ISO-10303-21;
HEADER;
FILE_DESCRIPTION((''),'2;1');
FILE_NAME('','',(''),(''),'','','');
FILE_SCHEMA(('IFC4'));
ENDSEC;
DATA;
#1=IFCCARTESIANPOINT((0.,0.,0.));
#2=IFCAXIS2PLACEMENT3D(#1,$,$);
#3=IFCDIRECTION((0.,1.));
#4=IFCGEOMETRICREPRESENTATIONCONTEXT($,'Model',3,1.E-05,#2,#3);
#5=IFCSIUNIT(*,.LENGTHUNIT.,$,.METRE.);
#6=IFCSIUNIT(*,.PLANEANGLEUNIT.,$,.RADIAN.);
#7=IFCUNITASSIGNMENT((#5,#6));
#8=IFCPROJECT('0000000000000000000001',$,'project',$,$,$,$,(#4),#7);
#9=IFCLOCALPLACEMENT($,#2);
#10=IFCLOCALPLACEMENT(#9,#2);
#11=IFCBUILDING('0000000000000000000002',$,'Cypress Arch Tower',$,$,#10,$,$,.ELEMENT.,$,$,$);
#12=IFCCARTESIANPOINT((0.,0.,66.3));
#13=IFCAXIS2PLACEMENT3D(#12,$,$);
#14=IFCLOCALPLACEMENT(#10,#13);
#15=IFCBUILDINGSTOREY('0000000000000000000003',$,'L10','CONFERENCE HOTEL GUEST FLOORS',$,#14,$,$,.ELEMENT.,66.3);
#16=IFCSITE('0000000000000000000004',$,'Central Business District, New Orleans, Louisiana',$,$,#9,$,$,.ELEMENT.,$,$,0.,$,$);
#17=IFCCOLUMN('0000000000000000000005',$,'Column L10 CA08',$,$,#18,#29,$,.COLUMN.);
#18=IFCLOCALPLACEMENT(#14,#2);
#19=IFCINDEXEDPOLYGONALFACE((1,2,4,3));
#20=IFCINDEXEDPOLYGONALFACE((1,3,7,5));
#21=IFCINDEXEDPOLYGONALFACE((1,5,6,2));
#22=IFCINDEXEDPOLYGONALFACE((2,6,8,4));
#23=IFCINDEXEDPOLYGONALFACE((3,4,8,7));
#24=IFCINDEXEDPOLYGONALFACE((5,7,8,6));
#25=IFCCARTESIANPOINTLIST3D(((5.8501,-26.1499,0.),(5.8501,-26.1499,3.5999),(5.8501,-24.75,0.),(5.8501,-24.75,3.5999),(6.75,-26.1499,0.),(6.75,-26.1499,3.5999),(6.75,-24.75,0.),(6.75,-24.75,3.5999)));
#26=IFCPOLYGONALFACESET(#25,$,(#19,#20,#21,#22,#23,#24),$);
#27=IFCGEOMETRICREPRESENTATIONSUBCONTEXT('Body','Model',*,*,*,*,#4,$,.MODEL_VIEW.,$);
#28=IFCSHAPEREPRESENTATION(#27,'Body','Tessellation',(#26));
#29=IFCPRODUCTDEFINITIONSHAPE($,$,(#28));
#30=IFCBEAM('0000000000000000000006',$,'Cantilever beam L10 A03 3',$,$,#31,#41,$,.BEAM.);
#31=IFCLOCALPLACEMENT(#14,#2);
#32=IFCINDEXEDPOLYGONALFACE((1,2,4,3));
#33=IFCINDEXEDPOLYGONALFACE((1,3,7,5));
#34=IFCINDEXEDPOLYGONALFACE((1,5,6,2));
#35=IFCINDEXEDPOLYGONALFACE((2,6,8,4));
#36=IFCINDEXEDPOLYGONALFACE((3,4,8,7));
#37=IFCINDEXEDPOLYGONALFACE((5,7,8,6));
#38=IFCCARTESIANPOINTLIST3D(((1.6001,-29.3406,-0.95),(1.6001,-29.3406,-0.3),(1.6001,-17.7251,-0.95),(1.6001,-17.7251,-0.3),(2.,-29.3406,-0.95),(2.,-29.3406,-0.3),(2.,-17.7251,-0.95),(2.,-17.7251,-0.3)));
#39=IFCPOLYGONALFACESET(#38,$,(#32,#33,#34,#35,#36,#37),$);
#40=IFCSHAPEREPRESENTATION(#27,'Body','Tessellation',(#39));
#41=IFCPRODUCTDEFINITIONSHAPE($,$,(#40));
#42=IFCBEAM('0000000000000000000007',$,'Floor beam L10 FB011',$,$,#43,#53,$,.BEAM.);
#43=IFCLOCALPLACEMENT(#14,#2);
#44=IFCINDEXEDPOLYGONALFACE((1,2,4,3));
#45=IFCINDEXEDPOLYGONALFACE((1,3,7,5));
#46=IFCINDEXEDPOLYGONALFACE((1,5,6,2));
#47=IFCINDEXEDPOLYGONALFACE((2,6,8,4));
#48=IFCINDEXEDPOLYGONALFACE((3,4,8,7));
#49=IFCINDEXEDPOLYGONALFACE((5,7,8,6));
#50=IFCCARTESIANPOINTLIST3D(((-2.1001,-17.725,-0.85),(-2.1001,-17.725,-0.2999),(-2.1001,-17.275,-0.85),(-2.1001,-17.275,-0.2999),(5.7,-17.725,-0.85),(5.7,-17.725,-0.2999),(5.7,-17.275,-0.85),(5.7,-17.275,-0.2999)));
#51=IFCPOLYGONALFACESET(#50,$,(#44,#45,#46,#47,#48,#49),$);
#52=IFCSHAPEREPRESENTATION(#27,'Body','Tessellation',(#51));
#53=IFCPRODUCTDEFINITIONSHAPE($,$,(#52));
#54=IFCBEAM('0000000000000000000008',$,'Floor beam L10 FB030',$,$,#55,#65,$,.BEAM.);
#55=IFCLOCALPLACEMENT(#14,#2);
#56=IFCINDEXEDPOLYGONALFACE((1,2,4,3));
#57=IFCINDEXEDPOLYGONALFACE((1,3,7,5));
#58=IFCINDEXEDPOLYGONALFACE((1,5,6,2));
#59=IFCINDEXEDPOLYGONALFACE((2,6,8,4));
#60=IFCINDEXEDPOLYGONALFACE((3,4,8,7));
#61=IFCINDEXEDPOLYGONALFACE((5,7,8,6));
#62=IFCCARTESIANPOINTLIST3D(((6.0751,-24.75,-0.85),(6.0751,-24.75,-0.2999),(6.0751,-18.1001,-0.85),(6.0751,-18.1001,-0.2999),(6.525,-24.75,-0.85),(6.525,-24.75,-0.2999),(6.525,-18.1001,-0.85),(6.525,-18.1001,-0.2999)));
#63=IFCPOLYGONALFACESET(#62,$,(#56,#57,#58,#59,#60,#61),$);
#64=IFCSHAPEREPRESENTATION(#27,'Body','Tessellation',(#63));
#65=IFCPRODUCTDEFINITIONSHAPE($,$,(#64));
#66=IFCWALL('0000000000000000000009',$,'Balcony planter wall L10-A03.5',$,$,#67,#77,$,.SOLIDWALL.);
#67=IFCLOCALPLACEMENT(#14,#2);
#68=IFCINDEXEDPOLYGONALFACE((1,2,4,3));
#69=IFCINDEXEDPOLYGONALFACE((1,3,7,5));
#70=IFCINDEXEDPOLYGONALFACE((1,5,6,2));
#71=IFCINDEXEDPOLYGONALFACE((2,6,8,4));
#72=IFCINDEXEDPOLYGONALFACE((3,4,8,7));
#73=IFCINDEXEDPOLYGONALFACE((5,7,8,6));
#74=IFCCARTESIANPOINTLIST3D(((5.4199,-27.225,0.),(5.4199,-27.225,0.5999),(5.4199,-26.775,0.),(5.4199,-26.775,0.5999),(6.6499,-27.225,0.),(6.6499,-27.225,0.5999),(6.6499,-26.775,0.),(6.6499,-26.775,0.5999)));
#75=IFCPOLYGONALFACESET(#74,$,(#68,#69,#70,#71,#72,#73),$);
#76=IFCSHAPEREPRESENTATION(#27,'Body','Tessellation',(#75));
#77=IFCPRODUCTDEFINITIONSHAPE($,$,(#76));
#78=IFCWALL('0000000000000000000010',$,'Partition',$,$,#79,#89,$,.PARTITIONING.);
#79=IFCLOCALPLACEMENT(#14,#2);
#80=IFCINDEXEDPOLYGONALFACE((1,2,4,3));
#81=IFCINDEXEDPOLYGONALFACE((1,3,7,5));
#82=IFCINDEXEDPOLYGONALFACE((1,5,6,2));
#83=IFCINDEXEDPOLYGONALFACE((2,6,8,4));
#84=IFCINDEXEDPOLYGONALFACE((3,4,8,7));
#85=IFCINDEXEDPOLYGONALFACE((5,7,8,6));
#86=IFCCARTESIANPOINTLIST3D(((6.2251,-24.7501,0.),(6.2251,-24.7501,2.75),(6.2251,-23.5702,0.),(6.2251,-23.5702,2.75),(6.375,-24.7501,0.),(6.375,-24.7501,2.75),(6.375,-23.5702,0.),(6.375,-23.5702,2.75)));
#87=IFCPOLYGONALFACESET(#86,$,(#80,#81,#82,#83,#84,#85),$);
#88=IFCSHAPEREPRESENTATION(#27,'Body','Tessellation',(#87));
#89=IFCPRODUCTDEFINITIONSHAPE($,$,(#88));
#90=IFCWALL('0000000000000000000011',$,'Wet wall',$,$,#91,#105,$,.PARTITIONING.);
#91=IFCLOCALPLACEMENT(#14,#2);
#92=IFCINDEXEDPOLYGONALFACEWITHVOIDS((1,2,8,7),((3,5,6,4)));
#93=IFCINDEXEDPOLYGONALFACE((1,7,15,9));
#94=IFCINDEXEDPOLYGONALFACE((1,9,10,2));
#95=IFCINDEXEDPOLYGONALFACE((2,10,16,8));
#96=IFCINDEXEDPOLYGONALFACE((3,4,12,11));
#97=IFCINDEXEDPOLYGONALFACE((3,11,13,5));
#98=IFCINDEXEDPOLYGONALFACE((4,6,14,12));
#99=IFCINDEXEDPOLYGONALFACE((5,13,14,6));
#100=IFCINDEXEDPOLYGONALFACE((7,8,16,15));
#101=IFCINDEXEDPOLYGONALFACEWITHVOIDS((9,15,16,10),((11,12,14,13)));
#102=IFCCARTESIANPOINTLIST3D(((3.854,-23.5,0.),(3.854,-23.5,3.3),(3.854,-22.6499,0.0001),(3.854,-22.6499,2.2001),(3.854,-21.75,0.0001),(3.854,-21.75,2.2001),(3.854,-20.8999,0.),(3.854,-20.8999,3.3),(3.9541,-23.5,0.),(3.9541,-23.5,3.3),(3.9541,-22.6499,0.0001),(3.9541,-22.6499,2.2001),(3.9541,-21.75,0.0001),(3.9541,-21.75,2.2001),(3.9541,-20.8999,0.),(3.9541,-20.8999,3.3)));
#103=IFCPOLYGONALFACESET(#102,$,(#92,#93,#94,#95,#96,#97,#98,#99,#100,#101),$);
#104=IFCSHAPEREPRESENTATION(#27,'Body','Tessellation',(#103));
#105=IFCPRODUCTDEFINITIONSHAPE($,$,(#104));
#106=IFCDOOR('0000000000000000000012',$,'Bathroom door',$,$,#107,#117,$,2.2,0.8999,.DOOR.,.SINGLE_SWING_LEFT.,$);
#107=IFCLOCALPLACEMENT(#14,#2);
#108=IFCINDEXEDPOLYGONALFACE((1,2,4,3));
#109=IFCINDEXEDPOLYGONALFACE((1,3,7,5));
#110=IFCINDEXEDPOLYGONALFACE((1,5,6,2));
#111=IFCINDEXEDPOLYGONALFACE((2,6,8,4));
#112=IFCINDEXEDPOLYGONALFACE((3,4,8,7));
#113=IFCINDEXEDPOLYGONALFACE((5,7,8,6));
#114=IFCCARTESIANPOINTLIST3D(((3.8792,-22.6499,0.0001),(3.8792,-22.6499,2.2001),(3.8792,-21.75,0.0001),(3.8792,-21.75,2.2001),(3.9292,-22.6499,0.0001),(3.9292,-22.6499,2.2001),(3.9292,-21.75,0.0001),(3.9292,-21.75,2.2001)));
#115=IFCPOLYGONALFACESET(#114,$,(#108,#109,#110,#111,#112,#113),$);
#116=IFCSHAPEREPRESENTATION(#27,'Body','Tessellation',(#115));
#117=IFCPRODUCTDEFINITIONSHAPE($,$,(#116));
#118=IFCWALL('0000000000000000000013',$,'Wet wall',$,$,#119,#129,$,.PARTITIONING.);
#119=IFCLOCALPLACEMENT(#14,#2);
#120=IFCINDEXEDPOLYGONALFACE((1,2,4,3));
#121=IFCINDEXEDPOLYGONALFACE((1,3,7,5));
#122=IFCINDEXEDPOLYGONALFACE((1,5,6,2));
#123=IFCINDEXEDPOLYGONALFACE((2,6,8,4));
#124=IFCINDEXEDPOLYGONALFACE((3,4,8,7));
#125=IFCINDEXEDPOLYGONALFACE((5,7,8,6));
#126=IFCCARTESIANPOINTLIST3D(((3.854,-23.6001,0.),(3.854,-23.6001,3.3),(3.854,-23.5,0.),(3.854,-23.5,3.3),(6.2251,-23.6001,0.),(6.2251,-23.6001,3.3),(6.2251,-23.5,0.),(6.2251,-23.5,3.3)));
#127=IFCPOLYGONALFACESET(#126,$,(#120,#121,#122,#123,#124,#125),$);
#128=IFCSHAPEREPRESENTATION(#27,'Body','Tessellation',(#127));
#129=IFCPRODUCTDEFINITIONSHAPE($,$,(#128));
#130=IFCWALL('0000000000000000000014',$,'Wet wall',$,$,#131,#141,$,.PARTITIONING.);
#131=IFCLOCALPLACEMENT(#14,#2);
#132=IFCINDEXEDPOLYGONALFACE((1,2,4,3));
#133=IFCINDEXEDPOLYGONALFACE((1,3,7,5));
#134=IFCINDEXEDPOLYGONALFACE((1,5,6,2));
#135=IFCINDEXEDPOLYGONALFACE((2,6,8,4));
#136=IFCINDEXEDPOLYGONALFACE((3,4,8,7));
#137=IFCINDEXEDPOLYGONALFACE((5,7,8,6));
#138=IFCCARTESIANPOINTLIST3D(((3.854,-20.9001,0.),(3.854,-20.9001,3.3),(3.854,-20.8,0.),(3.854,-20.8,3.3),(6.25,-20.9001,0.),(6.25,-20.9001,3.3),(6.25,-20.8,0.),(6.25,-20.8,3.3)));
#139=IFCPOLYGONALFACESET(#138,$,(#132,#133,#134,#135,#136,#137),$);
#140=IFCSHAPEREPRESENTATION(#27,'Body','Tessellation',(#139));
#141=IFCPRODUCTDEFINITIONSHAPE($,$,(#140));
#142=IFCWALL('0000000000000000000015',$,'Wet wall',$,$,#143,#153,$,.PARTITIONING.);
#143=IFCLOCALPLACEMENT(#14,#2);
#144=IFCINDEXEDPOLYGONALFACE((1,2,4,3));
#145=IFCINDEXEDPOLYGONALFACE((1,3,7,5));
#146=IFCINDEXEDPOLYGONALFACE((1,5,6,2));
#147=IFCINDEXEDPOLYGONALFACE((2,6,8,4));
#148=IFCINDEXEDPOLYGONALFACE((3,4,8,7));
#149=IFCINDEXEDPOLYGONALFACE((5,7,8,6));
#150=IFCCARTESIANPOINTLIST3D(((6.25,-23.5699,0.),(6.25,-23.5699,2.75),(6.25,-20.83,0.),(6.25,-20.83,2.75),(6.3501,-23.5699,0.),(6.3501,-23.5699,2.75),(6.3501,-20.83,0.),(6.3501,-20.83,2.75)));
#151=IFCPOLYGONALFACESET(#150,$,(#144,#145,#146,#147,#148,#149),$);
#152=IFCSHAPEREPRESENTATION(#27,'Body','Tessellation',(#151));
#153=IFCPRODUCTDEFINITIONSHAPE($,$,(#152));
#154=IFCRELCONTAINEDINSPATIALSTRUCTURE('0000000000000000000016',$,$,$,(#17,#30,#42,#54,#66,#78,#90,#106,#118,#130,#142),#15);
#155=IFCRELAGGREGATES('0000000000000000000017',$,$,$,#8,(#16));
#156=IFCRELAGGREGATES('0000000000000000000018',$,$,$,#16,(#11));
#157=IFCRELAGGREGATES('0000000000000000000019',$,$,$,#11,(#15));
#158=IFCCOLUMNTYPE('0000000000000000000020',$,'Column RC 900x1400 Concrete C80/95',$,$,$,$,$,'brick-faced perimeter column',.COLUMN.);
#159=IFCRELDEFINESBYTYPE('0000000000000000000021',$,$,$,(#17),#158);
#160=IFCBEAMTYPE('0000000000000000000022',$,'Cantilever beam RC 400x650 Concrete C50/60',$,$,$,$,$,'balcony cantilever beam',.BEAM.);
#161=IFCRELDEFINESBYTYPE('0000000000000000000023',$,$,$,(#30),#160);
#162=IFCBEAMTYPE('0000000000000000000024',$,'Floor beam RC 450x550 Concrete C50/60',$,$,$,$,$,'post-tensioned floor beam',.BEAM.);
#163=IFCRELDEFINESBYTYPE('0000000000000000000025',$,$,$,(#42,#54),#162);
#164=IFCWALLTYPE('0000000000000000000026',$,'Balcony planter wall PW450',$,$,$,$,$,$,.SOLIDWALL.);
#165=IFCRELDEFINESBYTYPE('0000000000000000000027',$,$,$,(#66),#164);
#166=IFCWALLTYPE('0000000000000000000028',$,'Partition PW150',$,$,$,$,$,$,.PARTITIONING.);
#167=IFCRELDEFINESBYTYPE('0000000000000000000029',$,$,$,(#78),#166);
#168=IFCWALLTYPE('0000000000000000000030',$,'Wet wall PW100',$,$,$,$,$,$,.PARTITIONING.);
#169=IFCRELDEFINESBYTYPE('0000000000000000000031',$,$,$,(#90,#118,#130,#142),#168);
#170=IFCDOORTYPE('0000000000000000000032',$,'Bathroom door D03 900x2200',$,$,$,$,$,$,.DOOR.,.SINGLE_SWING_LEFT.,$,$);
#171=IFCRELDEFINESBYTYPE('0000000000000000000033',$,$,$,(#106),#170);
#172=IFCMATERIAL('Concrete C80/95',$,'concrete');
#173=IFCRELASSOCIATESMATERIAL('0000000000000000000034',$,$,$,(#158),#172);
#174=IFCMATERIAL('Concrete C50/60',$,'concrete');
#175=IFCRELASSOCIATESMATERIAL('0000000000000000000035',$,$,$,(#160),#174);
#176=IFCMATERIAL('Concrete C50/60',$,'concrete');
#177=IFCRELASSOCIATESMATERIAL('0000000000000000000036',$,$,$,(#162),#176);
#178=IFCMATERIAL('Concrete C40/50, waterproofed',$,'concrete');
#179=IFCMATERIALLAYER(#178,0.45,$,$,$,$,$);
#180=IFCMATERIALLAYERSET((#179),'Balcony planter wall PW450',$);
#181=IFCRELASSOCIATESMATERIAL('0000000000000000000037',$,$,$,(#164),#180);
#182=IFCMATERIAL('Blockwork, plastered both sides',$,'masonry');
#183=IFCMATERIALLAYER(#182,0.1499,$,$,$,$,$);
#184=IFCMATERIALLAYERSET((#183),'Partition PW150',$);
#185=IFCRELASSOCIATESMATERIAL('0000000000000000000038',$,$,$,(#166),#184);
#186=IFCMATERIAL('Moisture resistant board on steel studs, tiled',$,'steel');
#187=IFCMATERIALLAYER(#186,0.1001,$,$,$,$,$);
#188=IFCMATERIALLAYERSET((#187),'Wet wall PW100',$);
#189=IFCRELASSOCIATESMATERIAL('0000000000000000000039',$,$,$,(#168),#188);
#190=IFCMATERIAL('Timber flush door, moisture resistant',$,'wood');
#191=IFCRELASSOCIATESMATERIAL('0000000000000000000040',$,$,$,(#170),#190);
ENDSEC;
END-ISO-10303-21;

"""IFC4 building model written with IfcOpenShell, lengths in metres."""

from ifc_helpers import new_model, si_unit, direction, frame, frame_2d, origin, origin_2d, place, context, subcontext, project, spatial, rectangle, extrude, material, layer, layer_set, material_profile, profile_set, type_object, element, fill, save


model = new_model("IFC4")

# Units and contexts
model_context = context("Model", 3, precision=1e-05, world=origin(), true_north=direction((0.0, 1.0)))
body_context = subcontext(model_context, "Body", "Model", "MODEL_VIEW")
ifc_project = project(units=[si_unit("LENGTHUNIT", "METRE"), si_unit("PLANEANGLEUNIT", "RADIAN")], contexts=[model_context])

# Site, building, storey
site_placement = place(None, origin())
site = spatial("IfcSite", under=ifc_project, at=site_placement, Name="Central Business District, New Orleans, Louisiana", CompositionType="ELEMENT", RefElevation=0.0)
building_placement = place(site_placement, origin())
building = spatial("IfcBuilding", under=site, at=building_placement, Name="Cypress Arch Tower", CompositionType="ELEMENT")
storey_placement = place(building_placement, frame((0.0, 0.0, 66.3)))
storey = spatial("IfcBuildingStorey", under=building, at=storey_placement, Name="L10", Description="CONFERENCE HOTEL GUEST FLOORS", CompositionType="ELEMENT", Elevation=66.3)

# Column
ifc_material_1 = material(Name="Concrete C80/95", Category="concrete")
ifc_material_profile_1 = material_profile(ifc_material_1, rectangle(XDim=0.8999, YDim=1.3999, at=origin_2d()), Name="RC 900x1400")
ifc_profile_set_1 = profile_set([ifc_material_profile_1], Name="Concrete C80/95")
column_type = type_object("IfcColumnType", Name="Column RC 900x1400 Concrete C80/95", ElementType="brick-faced perimeter column", PredefinedType="COLUMN", material=ifc_profile_set_1)
column_placement = place(storey_placement, frame((6.3, -25.45, 0.0), z_axis=(0.0, 0.0, 1.0), x_axis=(1.0, 0.0, 0.0)))
element("IfcColumn", 1, at=column_placement, inside=storey, type_object=column_type, Name="Column L10 CA08", PredefinedType="COLUMN", context=body_context, shape_type="SweptSolid", body=[
    extrude(rectangle(XDim=0.8999, YDim=1.3999, at=origin_2d()), origin(), (0.0, 0.0, 1.0), 3.5999),
])

# Beams
ifc_material_2 = material(Name="Concrete C50/60", Category="concrete")
ifc_material_profile_2 = material_profile(ifc_material_2, rectangle(XDim=0.3999, YDim=0.6499, at=origin_2d()), Name="RC 400x650")
ifc_profile_set_2 = profile_set([ifc_material_profile_2], Name="Concrete C50/60")
beam_type_1 = type_object("IfcBeamType", Name="Cantilever beam RC 400x650 Concrete C50/60", ElementType="balcony cantilever beam", PredefinedType="BEAM", material=ifc_profile_set_2)
beam_1_placement = place(storey_placement, frame((1.8, -17.7251, -0.625), z_axis=(0.0, -1.0, 0.0), x_axis=(1.0, 0.0, 0.0)))
element("IfcBeam", 2, at=beam_1_placement, inside=storey, type_object=beam_type_1, Name="Cantilever beam L10 A03 3", PredefinedType="BEAM", context=body_context, shape_type="SweptSolid", body=[
    extrude(rectangle(XDim=0.3999, YDim=0.6499, at=origin_2d()), origin(), (0.0, 0.0, 1.0), 11.6155),
])
ifc_material_3 = material(Name="Concrete C50/60", Category="concrete")
ifc_material_profile_3 = material_profile(ifc_material_3, rectangle(XDim=0.45, YDim=0.55, at=origin_2d()), Name="RC 450x550")
ifc_profile_set_3 = profile_set([ifc_material_profile_3], Name="Concrete C50/60")
beam_type_2 = type_object("IfcBeamType", Name="Floor beam RC 450x550 Concrete C50/60", ElementType="post-tensioned floor beam", PredefinedType="BEAM", material=ifc_profile_set_3)
beam_2_placement = place(storey_placement, frame((-2.1001, -17.5, -0.575), z_axis=(1.0, 0.0, 0.0), x_axis=(0.0, 1.0, 0.0)))
element("IfcBeam", 3, at=beam_2_placement, inside=storey, type_object=beam_type_2, Name="Floor beam L10 FB011", PredefinedType="BEAM", context=body_context, shape_type="SweptSolid", body=[
    extrude(rectangle(XDim=0.45, YDim=0.55, at=origin_2d()), origin(), (0.0, 0.0, 1.0), 7.8),
])
beam_3_placement = place(storey_placement, frame((6.3, -24.75, -0.575), z_axis=(0.0, 1.0, 0.0), x_axis=(-1.0, 0.0, 0.0)))
element("IfcBeam", 4, at=beam_3_placement, inside=storey, type_object=beam_type_2, Name="Floor beam L10 FB030", PredefinedType="BEAM", context=body_context, shape_type="SweptSolid", body=[
    extrude(rectangle(XDim=0.45, YDim=0.55, at=origin_2d()), origin(), (0.0, 0.0, 1.0), 6.6499),
])

# Wall
ifc_material_4 = material(Name="Concrete C40/50, waterproofed", Category="concrete")
ifc_layer_1 = layer(ifc_material_4, 0.45)
ifc_layer_set_1 = layer_set([ifc_layer_1], Name="Balcony planter wall PW450")
wall_type_1 = type_object("IfcWallType", Name="Balcony planter wall PW450", PredefinedType="SOLIDWALL", material=ifc_layer_set_1)
wall_1_placement = place(storey_placement, frame((5.4199, -27.0, 0.0), z_axis=(0.0, 0.0, 1.0), x_axis=(1.0, 0.0, 0.0)))
element("IfcWall", 5, at=wall_1_placement, inside=storey, type_object=wall_type_1, Name="Balcony planter wall L10-A03.5", PredefinedType="SOLIDWALL", context=body_context, shape_type="SweptSolid", body=[
    extrude(rectangle(XDim=1.23, YDim=0.45, at=frame_2d((0.615, 0.0))), origin(), (0.0, 0.0, 1.0), 0.5999),
])

# Wall
ifc_material_5 = material(Name="Blockwork, plastered both sides", Category="masonry")
ifc_layer_2 = layer(ifc_material_5, 0.1499)
ifc_layer_set_2 = layer_set([ifc_layer_2], Name="Partition PW150")
wall_type_2 = type_object("IfcWallType", Name="Partition PW150", PredefinedType="PARTITIONING", material=ifc_layer_set_2)
wall_2_placement = place(storey_placement, frame((6.3, -24.75, 0.0), z_axis=(0.0, 0.0, 1.0), x_axis=(0.0, 1.0, 0.0)))
element("IfcWall", 6, at=wall_2_placement, inside=storey, type_object=wall_type_2, Name="Partition", PredefinedType="PARTITIONING", context=body_context, shape_type="SweptSolid", body=[
    extrude(rectangle(XDim=1.1799, YDim=0.1499, at=frame_2d((0.5898, 0.0))), origin(), (0.0, 0.0, 1.0), 2.75),
])

# Wall, opening, door
ifc_material_6 = material(Name="Moisture resistant board on steel studs, tiled", Category="steel")
ifc_layer_3 = layer(ifc_material_6, 0.1001)
ifc_layer_set_3 = layer_set([ifc_layer_3], Name="Wet wall PW100")
wall_type_3 = type_object("IfcWallType", Name="Wet wall PW100", PredefinedType="PARTITIONING", material=ifc_layer_set_3)
wall_3_placement = place(storey_placement, frame((3.9041, -23.5, 0.0), z_axis=(0.0, 0.0, 1.0), x_axis=(0.0, 1.0, 0.0)))
wall_3 = element("IfcWall", 7, at=wall_3_placement, inside=storey, type_object=wall_type_3, Name="Wet wall", PredefinedType="PARTITIONING", context=body_context, shape_type="SweptSolid", body=[
    extrude(rectangle(XDim=2.6001, YDim=0.1001, at=frame_2d((1.3, 0.0))), origin(), (0.0, 0.0, 1.0), 3.3),
])
opening_1_placement = place(wall_3_placement, frame((0.8501, 0.0, 0.0)))
opening_1 = element("IfcOpeningElement", 8, at=opening_1_placement, cuts=wall_3, PredefinedType="OPENING", context=body_context, shape_type="SweptSolid", body=[
    extrude(rectangle(XDim=0.8999, YDim=2.2, at=frame_2d((0.45, 1.1001))), frame((0.0, 0.0601, 0.0), z_axis=(0.0, -1.0, 0.0), x_axis=(1.0, 0.0, 0.0)), (0.0, 0.0, 1.0), 0.1201),
])
ifc_material_7 = material(Name="Timber flush door, moisture resistant", Category="wood")
door_type_1 = type_object("IfcDoorType", Name="Bathroom door D03 900x2200", OperationType="SINGLE_SWING_LEFT", PredefinedType="DOOR", material=ifc_material_7)
door_1_placement = place(opening_1_placement, origin())
door_1 = element("IfcDoor", 9, at=door_1_placement, inside=storey, type_object=door_type_1, Name="Bathroom door", OperationType="SINGLE_SWING_LEFT", OverallHeight=2.2, OverallWidth=0.8999, PredefinedType="DOOR", context=body_context, shape_type="SweptSolid", body=[
    extrude(rectangle(XDim=0.8999, YDim=2.2, at=frame_2d((0.45, 1.1001))), frame((0.0, 0.0249, 0.0), z_axis=(0.0, -1.0, 0.0), x_axis=(1.0, 0.0, 0.0)), (0.0, 0.0, 1.0), 0.05),
])
fill(opening_1, door_1)

# Walls
wall_4_placement = place(storey_placement, frame((3.854, -23.55, 0.0), z_axis=(0.0, 0.0, 1.0), x_axis=(1.0, 0.0, 0.0)))
element("IfcWall", 10, at=wall_4_placement, inside=storey, type_object=wall_type_3, Name="Wet wall", PredefinedType="PARTITIONING", context=body_context, shape_type="SweptSolid", body=[
    extrude(rectangle(XDim=2.3711, YDim=0.1001, at=frame_2d((1.1855, 0.0))), origin(), (0.0, 0.0, 1.0), 3.3),
])
wall_5_placement = place(storey_placement, frame((3.854, -20.8501, 0.0), z_axis=(0.0, 0.0, 1.0), x_axis=(1.0, 0.0, 0.0)))
element("IfcWall", 11, at=wall_5_placement, inside=storey, type_object=wall_type_3, Name="Wet wall", PredefinedType="PARTITIONING", context=body_context, shape_type="SweptSolid", body=[
    extrude(rectangle(XDim=2.396, YDim=0.1001, at=frame_2d((1.198, 0.0))), origin(), (0.0, 0.0, 1.0), 3.3),
])
wall_6_placement = place(storey_placement, frame((6.3, -23.5701, 0.0), z_axis=(0.0, 0.0, 1.0), x_axis=(0.0, 1.0, 0.0)))
element("IfcWall", 12, at=wall_6_placement, inside=storey, type_object=wall_type_3, Name="Wet wall", PredefinedType="PARTITIONING", context=body_context, shape_type="SweptSolid", body=[
    extrude(rectangle(XDim=2.74, YDim=0.1001, at=frame_2d((1.3701, 0.0))), origin(), (0.0, 0.0, 1.0), 2.75),
])

save(model, "model.ifc")
